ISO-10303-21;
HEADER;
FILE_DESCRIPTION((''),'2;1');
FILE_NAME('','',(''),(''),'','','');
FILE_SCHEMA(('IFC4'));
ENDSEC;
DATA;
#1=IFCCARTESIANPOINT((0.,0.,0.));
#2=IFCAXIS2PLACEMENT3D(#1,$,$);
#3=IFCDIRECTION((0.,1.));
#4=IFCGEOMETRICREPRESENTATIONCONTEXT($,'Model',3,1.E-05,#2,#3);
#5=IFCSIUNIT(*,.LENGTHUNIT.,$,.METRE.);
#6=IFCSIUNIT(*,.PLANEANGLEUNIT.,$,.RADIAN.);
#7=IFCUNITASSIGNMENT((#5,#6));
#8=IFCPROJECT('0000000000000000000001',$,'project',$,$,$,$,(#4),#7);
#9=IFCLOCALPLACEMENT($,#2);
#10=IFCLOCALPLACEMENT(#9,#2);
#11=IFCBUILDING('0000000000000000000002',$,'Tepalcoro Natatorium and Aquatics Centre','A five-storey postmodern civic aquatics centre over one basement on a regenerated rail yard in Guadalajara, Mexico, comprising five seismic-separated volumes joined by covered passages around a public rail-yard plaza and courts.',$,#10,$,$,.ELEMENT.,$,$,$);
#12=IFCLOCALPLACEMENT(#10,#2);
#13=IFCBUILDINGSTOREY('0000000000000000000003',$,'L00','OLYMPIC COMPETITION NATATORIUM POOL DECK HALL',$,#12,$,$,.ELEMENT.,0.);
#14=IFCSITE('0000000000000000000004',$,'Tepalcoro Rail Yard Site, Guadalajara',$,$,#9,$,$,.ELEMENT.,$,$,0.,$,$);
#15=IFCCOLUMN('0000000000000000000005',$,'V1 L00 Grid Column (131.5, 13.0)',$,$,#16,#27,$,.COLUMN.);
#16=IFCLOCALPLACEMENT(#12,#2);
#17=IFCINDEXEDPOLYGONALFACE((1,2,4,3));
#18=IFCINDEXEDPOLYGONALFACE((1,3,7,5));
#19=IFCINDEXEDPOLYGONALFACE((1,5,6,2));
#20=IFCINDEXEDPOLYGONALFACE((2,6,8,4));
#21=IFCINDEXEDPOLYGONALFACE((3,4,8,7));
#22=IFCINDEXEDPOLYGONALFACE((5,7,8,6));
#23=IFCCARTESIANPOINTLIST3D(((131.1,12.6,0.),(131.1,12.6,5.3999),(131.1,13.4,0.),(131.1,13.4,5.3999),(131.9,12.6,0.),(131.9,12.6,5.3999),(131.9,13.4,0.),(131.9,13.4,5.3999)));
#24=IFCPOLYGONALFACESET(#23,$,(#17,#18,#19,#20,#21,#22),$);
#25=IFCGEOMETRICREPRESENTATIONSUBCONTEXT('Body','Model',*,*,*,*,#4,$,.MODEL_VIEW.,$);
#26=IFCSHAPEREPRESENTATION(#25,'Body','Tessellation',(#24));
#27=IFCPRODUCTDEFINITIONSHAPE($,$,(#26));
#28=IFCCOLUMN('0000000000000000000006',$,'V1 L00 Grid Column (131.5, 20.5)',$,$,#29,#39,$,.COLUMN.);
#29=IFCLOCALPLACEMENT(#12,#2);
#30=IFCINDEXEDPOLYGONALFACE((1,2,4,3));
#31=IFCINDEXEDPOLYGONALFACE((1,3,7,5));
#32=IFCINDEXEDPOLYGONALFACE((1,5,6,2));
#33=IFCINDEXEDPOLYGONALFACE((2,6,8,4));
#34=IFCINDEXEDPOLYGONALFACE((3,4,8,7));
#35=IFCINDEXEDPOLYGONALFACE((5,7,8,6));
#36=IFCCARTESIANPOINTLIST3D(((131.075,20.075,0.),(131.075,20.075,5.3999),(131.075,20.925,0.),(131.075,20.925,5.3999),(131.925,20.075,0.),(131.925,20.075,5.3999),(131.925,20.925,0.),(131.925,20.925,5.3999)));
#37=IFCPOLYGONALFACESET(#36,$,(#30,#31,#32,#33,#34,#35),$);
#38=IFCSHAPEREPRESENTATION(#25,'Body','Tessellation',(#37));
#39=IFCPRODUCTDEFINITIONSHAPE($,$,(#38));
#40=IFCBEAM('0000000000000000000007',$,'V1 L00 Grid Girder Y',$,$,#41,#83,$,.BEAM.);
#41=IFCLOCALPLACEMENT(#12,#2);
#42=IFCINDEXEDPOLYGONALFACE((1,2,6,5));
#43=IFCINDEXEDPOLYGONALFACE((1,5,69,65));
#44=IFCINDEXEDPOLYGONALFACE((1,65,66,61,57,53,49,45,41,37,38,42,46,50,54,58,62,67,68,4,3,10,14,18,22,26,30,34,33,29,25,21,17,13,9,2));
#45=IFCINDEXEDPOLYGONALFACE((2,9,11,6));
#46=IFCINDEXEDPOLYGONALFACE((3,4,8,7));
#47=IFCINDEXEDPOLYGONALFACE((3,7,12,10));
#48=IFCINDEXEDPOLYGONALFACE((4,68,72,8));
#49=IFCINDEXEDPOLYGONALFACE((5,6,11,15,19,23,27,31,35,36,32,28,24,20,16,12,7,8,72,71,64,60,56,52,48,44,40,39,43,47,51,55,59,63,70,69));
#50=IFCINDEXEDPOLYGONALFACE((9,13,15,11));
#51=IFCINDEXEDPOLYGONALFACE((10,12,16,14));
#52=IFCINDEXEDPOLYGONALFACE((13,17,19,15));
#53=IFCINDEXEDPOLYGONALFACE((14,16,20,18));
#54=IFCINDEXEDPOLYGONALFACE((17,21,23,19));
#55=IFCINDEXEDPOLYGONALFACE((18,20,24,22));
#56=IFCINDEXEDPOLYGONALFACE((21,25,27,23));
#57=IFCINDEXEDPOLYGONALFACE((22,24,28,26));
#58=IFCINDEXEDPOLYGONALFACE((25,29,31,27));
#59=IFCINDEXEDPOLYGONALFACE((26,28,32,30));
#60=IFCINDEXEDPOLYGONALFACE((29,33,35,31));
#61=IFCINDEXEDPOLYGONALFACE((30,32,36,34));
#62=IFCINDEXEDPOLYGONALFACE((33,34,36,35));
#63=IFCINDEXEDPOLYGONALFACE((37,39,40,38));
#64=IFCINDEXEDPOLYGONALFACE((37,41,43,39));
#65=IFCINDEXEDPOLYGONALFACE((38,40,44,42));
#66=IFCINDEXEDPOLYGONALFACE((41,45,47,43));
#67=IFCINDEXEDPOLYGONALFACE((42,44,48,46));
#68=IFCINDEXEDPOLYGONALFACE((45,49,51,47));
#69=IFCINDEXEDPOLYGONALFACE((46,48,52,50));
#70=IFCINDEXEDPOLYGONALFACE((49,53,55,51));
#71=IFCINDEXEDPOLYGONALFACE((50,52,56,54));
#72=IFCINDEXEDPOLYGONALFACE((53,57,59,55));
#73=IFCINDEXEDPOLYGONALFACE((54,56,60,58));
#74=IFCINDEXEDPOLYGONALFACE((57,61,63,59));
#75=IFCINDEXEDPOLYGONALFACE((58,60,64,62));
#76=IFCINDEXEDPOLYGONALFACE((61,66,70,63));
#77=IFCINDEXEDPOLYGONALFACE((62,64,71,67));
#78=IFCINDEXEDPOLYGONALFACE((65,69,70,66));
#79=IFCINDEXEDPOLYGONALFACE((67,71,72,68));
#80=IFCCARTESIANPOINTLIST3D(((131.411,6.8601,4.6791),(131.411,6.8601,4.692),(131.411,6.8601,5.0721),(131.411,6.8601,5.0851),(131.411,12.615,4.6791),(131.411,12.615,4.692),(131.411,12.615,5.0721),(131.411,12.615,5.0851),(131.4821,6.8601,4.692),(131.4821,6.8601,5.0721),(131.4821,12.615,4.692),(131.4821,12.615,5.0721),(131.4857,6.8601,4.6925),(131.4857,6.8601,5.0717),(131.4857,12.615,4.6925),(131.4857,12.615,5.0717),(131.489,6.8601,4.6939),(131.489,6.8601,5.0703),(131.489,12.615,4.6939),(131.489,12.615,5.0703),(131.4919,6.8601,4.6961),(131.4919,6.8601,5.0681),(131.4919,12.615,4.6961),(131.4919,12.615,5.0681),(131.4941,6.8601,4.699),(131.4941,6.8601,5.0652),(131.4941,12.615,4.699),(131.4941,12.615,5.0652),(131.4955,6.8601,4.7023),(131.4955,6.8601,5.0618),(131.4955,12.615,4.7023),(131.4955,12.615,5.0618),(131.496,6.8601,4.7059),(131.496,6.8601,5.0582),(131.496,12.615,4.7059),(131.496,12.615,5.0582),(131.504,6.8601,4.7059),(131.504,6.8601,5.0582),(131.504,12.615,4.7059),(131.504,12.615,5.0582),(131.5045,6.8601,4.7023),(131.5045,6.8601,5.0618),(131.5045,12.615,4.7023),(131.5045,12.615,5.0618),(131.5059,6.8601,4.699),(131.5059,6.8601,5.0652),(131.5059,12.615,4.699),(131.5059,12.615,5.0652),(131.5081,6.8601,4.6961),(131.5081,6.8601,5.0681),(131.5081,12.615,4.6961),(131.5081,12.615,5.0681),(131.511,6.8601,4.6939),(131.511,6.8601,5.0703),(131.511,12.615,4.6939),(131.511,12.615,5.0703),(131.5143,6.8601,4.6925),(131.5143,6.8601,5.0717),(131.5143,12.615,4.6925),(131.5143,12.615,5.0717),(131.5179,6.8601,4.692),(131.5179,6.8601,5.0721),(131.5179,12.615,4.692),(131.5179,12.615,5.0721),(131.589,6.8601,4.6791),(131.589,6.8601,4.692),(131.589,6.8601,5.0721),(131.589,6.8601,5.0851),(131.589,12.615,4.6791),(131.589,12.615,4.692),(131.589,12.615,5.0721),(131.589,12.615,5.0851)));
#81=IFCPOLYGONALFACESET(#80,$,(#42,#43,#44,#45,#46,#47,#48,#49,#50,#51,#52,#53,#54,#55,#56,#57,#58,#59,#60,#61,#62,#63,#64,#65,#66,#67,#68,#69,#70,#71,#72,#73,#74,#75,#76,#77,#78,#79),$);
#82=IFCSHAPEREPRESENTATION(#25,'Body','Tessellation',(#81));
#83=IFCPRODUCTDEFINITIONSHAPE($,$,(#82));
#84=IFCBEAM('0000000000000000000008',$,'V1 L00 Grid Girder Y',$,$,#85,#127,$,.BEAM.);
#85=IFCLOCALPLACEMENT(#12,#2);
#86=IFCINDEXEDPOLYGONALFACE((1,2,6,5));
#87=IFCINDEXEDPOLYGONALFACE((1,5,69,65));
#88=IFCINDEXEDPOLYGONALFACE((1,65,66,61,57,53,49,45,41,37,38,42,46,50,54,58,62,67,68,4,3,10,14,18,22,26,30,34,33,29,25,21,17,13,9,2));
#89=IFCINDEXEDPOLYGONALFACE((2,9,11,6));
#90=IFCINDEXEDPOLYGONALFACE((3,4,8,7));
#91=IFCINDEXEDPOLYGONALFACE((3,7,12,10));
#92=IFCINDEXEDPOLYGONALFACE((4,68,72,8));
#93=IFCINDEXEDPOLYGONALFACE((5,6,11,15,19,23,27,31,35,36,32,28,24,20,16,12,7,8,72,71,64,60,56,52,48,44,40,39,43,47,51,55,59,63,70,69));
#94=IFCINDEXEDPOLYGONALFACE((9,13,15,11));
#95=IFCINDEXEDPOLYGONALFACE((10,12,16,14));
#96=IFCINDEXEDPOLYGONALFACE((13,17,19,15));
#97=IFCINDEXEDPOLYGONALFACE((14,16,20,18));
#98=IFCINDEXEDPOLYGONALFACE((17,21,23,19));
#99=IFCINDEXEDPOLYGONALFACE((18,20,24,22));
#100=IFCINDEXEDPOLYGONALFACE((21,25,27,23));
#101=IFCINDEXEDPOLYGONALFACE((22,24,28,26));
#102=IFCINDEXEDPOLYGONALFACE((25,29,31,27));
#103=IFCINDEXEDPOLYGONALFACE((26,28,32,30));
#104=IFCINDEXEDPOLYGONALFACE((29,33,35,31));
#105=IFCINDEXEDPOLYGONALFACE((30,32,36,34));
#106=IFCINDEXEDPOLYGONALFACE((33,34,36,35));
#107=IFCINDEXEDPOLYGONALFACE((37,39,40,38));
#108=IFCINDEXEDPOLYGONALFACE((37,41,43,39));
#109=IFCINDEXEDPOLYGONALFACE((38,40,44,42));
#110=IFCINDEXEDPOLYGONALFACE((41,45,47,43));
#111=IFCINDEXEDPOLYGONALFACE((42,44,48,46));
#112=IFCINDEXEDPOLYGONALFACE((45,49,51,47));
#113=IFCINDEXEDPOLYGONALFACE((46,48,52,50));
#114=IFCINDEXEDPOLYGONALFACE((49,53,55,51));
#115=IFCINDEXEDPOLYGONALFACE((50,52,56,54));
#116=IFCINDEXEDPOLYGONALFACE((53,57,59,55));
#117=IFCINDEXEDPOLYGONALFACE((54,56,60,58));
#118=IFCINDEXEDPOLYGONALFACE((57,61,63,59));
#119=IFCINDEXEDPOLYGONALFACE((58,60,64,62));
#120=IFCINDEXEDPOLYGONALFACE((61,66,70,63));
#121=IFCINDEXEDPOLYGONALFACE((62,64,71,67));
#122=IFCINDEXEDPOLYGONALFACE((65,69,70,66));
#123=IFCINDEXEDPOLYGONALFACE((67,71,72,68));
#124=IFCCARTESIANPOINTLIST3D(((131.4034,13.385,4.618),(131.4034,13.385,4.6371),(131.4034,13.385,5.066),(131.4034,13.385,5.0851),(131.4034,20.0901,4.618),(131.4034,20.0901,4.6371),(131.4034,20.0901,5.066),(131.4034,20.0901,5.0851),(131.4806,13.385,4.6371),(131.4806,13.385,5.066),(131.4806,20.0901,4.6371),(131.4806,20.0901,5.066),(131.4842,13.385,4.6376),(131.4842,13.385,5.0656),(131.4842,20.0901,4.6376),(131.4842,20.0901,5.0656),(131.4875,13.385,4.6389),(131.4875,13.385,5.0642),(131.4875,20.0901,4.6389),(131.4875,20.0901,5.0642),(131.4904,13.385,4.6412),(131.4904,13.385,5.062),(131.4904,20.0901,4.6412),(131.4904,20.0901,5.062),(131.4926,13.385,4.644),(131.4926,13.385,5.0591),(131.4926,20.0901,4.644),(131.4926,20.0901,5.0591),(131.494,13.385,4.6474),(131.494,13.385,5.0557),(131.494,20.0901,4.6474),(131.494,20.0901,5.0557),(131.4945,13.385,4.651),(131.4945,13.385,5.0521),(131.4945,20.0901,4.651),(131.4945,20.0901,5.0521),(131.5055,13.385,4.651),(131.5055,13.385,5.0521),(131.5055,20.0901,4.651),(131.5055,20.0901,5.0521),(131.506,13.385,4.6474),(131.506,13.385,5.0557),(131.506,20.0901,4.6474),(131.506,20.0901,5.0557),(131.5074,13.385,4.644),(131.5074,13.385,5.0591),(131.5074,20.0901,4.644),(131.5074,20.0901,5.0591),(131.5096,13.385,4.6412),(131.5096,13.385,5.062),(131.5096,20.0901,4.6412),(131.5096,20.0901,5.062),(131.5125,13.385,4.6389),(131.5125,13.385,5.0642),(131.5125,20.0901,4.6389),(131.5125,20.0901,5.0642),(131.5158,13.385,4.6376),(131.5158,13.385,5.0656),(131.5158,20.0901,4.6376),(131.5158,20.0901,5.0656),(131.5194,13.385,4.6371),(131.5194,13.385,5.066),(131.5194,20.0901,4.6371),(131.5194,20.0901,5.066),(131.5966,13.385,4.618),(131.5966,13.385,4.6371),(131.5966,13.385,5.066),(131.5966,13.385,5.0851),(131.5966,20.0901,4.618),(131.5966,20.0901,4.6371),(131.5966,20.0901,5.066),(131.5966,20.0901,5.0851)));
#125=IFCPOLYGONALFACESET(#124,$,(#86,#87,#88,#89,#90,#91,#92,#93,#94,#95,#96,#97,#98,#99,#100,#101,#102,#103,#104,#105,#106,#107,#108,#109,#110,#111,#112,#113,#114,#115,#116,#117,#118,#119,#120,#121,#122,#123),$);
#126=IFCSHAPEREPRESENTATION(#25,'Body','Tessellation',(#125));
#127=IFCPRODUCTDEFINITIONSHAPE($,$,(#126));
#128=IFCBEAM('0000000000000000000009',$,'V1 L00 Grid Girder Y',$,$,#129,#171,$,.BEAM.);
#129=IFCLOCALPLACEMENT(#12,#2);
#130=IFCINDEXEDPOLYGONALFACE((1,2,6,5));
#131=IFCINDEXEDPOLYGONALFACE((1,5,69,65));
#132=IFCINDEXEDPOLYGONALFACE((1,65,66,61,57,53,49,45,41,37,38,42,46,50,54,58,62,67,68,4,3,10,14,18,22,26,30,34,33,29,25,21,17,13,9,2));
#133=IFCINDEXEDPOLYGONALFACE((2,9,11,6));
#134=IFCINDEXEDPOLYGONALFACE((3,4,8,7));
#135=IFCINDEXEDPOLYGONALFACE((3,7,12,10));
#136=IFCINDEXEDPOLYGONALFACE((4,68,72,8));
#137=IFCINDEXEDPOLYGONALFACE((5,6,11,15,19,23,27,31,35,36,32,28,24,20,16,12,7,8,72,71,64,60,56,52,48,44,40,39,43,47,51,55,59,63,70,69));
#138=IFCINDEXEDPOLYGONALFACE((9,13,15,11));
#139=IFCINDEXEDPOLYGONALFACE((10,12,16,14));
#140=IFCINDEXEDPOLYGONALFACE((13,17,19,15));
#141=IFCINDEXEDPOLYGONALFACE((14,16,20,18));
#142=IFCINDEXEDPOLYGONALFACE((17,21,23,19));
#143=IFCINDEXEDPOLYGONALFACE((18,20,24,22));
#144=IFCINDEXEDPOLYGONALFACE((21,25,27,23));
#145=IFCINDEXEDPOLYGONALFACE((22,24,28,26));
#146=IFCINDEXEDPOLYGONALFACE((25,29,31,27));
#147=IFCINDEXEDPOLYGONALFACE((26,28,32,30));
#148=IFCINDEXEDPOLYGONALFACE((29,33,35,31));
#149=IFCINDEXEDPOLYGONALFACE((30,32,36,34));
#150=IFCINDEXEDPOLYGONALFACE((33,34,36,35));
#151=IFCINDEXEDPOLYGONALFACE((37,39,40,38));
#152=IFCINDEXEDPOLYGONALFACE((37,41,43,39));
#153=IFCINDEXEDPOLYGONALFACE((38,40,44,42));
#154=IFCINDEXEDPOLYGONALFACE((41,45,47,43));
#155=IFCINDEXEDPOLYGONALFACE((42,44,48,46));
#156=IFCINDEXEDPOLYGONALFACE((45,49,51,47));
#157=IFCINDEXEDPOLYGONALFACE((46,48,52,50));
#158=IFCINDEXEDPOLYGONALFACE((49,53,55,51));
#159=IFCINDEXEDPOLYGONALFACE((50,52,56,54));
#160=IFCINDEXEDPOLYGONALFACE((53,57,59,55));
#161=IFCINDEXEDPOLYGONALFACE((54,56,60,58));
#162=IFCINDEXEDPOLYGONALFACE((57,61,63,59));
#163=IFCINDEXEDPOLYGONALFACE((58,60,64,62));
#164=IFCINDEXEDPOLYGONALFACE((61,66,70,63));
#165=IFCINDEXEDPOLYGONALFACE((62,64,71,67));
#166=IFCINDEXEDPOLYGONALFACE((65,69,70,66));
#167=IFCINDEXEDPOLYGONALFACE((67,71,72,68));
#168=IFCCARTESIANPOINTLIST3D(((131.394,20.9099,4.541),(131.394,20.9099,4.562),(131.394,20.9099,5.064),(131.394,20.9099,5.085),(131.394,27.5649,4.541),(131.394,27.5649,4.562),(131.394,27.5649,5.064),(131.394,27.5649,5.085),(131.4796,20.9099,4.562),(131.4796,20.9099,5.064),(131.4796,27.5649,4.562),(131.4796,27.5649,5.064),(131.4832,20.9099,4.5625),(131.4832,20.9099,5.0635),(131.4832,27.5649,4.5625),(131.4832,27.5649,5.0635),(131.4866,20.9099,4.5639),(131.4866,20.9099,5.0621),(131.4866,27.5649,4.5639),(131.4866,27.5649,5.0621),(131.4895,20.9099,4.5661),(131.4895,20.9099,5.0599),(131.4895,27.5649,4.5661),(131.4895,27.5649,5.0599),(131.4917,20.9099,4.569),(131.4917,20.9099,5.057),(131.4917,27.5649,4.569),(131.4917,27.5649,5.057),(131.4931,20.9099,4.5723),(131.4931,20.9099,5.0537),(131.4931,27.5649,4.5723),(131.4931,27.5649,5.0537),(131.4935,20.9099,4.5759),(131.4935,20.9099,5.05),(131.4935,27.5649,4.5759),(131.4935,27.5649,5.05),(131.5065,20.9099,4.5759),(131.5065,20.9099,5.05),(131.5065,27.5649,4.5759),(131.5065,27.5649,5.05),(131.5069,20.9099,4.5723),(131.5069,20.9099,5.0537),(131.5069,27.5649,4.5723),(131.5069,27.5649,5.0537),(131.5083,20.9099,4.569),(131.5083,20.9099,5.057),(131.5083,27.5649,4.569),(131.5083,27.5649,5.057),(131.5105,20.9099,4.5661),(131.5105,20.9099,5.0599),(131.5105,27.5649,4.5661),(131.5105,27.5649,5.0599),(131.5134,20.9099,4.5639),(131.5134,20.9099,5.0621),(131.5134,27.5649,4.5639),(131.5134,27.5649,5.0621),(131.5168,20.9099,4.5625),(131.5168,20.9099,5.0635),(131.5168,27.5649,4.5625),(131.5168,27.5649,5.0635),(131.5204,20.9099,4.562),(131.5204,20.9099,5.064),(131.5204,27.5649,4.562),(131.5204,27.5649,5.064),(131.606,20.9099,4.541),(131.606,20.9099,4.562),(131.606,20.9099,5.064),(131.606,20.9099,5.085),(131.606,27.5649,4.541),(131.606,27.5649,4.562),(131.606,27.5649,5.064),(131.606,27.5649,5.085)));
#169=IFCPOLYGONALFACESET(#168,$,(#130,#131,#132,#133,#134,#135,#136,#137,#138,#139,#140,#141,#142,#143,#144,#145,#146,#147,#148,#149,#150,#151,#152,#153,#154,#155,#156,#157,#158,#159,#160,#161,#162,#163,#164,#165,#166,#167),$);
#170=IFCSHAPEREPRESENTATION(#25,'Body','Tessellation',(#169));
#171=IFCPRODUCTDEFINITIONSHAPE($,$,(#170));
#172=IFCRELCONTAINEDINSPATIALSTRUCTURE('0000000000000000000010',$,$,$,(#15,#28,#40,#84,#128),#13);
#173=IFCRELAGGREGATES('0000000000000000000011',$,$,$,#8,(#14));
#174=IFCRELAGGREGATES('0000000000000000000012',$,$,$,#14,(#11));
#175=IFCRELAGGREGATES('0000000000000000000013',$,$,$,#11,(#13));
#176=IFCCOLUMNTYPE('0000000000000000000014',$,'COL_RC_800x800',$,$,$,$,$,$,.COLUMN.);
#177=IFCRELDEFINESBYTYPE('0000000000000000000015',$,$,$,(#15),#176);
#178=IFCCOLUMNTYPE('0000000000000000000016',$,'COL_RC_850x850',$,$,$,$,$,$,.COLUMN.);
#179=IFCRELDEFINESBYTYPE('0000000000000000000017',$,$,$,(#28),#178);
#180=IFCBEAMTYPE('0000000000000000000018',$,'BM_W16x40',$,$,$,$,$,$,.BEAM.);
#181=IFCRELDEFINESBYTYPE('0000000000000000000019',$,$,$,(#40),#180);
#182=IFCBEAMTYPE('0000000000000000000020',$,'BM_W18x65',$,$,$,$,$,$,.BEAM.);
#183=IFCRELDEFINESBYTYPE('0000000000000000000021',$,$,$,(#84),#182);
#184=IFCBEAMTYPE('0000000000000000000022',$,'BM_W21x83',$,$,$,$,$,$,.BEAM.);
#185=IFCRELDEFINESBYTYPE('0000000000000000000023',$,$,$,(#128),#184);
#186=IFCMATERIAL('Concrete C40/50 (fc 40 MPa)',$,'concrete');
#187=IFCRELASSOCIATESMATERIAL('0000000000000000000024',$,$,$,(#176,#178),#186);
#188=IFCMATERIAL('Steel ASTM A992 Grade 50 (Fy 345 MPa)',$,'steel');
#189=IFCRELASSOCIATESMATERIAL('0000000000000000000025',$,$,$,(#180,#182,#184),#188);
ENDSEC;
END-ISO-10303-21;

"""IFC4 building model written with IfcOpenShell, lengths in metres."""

from ifc_helpers import new_model, si_unit, direction, frame, origin, origin_2d, place, context, subcontext, project, spatial, rectangle, i_section, extrude, material, material_profile, profile_set, type_object, element, save


model = new_model("IFC4")

# Units and contexts
model_context = context("Model", 3, precision=1e-05, world=origin(), true_north=direction((0.0, 1.0)))
body_context = subcontext(model_context, "Body", "Model", "MODEL_VIEW")
ifc_project = project(units=[si_unit("LENGTHUNIT", "METRE"), si_unit("PLANEANGLEUNIT", "RADIAN")], contexts=[model_context])

# Site, building, storey
site_placement = place(None, origin())
site = spatial("IfcSite", under=ifc_project, at=site_placement, Name="Tepalcoro Rail Yard Site, Guadalajara", CompositionType="ELEMENT", RefElevation=0.0)
building_placement = place(site_placement, origin())
building = spatial("IfcBuilding", under=site, at=building_placement, Name="Tepalcoro Natatorium and Aquatics Centre", Description="A five-storey postmodern civic aquatics centre over one basement on a regenerated rail yard in Guadalajara, Mexico, comprising five seismic-separated volumes joined by covered passages around a public rail-yard plaza and courts.", CompositionType="ELEMENT")
storey_placement = place(building_placement, origin())
storey = spatial("IfcBuildingStorey", under=building, at=storey_placement, Name="L00", Description="OLYMPIC COMPETITION NATATORIUM POOL DECK HALL", CompositionType="ELEMENT", Elevation=0.0)

# Columns
ifc_material_1 = material(Name="Concrete C40/50 (fc 40 MPa)", Category="concrete")
ifc_material_profile_1 = material_profile(ifc_material_1, rectangle(XDim=0.8, YDim=0.8, at=origin_2d()), Name="RC800x800")
ifc_profile_set_1 = profile_set([ifc_material_profile_1], Name="Concrete C40/50 (fc 40 MPa)")
column_type_1 = type_object("IfcColumnType", Name="COL_RC_800x800", PredefinedType="COLUMN", material=ifc_profile_set_1)
column_1_placement = place(storey_placement, frame((131.5, 13.0, 0.0), z_axis=(0.0, 0.0, 1.0), x_axis=(1.0, 0.0, 0.0)))
element("IfcColumn", 1, at=column_1_placement, inside=storey, type_object=column_type_1, Name="V1 L00 Grid Column (131.5, 13.0)", PredefinedType="COLUMN", context=body_context, shape_type="SweptSolid", body=[
    extrude(rectangle(XDim=0.8, YDim=0.8, at=origin_2d()), origin(), (0.0, 0.0, 1.0), 5.3999),
])
ifc_material_profile_2 = material_profile(ifc_material_1, rectangle(XDim=0.8501, YDim=0.8501, at=origin_2d()), Name="RC850x850")
ifc_profile_set_2 = profile_set([ifc_material_profile_2], Name="Concrete C40/50 (fc 40 MPa)")
column_type_2 = type_object("IfcColumnType", Name="COL_RC_850x850", PredefinedType="COLUMN", material=ifc_profile_set_2)
column_2_placement = place(storey_placement, frame((131.5, 20.5, 0.0), z_axis=(0.0, 0.0, 1.0), x_axis=(1.0, 0.0, 0.0)))
element("IfcColumn", 2, at=column_2_placement, inside=storey, type_object=column_type_2, Name="V1 L00 Grid Column (131.5, 20.5)", PredefinedType="COLUMN", context=body_context, shape_type="SweptSolid", body=[
    extrude(rectangle(XDim=0.8501, YDim=0.8501, at=origin_2d()), origin(), (0.0, 0.0, 1.0), 5.3999),
])

# Beams
ifc_material_2 = material(Name="Steel ASTM A992 Grade 50 (Fy 345 MPa)", Category="steel")
ifc_material_profile_3 = material_profile(ifc_material_2, i_section(OverallWidth=0.178, OverallDepth=0.406, WebThickness=0.0081, FlangeThickness=0.0129, FilletRadius=0.0139, at=origin_2d()), Name="W16X40")
ifc_profile_set_3 = profile_set([ifc_material_profile_3], Name="Steel ASTM A992 Grade 50 (Fy 345 MPa)")
beam_type_1 = type_object("IfcBeamType", Name="BM_W16x40", PredefinedType="BEAM", material=ifc_profile_set_3)
beam_1_placement = place(storey_placement, frame((131.5, 6.8601, 4.8821), z_axis=(0.0, 1.0, 0.0), x_axis=(-1.0, 0.0, 0.0)))
element("IfcBeam", 3, at=beam_1_placement, inside=storey, type_object=beam_type_1, Name="V1 L00 Grid Girder Y", PredefinedType="BEAM", context=body_context, shape_type="SweptSolid", body=[
    extrude(i_section(OverallWidth=0.178, OverallDepth=0.406, WebThickness=0.0081, FlangeThickness=0.0129, FilletRadius=0.0139, at=origin_2d()), origin(), (0.0, 0.0, 1.0), 5.7549),
])
ifc_material_profile_4 = material_profile(ifc_material_2, i_section(OverallWidth=0.1931, OverallDepth=0.467, WebThickness=0.011, FlangeThickness=0.019, FilletRadius=0.0139, at=origin_2d()), Name="W18X65")
ifc_profile_set_4 = profile_set([ifc_material_profile_4], Name="Steel ASTM A992 Grade 50 (Fy 345 MPa)")
beam_type_2 = type_object("IfcBeamType", Name="BM_W18x65", PredefinedType="BEAM", material=ifc_profile_set_4)
beam_2_placement = place(storey_placement, frame((131.5, 13.385, 4.8516), z_axis=(0.0, 1.0, 0.0), x_axis=(-1.0, 0.0, 0.0)))
element("IfcBeam", 4, at=beam_2_placement, inside=storey, type_object=beam_type_2, Name="V1 L00 Grid Girder Y", PredefinedType="BEAM", context=body_context, shape_type="SweptSolid", body=[
    extrude(i_section(OverallWidth=0.1931, OverallDepth=0.467, WebThickness=0.011, FlangeThickness=0.019, FilletRadius=0.0139, at=origin_2d()), origin(), (0.0, 0.0, 1.0), 6.7051),
])
ifc_material_profile_5 = material_profile(ifc_material_2, i_section(OverallWidth=0.2119, OverallDepth=0.5439, WebThickness=0.0129, FlangeThickness=0.021, FilletRadius=0.0139, at=origin_2d()), Name="W21X83")
ifc_profile_set_5 = profile_set([ifc_material_profile_5], Name="Steel ASTM A992 Grade 50 (Fy 345 MPa)")
beam_type_3 = type_object("IfcBeamType", Name="BM_W21x83", PredefinedType="BEAM", material=ifc_profile_set_5)
beam_3_placement = place(storey_placement, frame((131.5, 20.9099, 4.813), z_axis=(0.0, 1.0, 0.0), x_axis=(-1.0, 0.0, 0.0)))
element("IfcBeam", 5, at=beam_3_placement, inside=storey, type_object=beam_type_3, Name="V1 L00 Grid Girder Y", PredefinedType="BEAM", context=body_context, shape_type="SweptSolid", body=[
    extrude(i_section(OverallWidth=0.2119, OverallDepth=0.5439, WebThickness=0.0129, FlangeThickness=0.021, FilletRadius=0.0139, at=origin_2d()), origin(), (0.0, 0.0, 1.0), 6.655),
])

save(model, "model.ifc")
